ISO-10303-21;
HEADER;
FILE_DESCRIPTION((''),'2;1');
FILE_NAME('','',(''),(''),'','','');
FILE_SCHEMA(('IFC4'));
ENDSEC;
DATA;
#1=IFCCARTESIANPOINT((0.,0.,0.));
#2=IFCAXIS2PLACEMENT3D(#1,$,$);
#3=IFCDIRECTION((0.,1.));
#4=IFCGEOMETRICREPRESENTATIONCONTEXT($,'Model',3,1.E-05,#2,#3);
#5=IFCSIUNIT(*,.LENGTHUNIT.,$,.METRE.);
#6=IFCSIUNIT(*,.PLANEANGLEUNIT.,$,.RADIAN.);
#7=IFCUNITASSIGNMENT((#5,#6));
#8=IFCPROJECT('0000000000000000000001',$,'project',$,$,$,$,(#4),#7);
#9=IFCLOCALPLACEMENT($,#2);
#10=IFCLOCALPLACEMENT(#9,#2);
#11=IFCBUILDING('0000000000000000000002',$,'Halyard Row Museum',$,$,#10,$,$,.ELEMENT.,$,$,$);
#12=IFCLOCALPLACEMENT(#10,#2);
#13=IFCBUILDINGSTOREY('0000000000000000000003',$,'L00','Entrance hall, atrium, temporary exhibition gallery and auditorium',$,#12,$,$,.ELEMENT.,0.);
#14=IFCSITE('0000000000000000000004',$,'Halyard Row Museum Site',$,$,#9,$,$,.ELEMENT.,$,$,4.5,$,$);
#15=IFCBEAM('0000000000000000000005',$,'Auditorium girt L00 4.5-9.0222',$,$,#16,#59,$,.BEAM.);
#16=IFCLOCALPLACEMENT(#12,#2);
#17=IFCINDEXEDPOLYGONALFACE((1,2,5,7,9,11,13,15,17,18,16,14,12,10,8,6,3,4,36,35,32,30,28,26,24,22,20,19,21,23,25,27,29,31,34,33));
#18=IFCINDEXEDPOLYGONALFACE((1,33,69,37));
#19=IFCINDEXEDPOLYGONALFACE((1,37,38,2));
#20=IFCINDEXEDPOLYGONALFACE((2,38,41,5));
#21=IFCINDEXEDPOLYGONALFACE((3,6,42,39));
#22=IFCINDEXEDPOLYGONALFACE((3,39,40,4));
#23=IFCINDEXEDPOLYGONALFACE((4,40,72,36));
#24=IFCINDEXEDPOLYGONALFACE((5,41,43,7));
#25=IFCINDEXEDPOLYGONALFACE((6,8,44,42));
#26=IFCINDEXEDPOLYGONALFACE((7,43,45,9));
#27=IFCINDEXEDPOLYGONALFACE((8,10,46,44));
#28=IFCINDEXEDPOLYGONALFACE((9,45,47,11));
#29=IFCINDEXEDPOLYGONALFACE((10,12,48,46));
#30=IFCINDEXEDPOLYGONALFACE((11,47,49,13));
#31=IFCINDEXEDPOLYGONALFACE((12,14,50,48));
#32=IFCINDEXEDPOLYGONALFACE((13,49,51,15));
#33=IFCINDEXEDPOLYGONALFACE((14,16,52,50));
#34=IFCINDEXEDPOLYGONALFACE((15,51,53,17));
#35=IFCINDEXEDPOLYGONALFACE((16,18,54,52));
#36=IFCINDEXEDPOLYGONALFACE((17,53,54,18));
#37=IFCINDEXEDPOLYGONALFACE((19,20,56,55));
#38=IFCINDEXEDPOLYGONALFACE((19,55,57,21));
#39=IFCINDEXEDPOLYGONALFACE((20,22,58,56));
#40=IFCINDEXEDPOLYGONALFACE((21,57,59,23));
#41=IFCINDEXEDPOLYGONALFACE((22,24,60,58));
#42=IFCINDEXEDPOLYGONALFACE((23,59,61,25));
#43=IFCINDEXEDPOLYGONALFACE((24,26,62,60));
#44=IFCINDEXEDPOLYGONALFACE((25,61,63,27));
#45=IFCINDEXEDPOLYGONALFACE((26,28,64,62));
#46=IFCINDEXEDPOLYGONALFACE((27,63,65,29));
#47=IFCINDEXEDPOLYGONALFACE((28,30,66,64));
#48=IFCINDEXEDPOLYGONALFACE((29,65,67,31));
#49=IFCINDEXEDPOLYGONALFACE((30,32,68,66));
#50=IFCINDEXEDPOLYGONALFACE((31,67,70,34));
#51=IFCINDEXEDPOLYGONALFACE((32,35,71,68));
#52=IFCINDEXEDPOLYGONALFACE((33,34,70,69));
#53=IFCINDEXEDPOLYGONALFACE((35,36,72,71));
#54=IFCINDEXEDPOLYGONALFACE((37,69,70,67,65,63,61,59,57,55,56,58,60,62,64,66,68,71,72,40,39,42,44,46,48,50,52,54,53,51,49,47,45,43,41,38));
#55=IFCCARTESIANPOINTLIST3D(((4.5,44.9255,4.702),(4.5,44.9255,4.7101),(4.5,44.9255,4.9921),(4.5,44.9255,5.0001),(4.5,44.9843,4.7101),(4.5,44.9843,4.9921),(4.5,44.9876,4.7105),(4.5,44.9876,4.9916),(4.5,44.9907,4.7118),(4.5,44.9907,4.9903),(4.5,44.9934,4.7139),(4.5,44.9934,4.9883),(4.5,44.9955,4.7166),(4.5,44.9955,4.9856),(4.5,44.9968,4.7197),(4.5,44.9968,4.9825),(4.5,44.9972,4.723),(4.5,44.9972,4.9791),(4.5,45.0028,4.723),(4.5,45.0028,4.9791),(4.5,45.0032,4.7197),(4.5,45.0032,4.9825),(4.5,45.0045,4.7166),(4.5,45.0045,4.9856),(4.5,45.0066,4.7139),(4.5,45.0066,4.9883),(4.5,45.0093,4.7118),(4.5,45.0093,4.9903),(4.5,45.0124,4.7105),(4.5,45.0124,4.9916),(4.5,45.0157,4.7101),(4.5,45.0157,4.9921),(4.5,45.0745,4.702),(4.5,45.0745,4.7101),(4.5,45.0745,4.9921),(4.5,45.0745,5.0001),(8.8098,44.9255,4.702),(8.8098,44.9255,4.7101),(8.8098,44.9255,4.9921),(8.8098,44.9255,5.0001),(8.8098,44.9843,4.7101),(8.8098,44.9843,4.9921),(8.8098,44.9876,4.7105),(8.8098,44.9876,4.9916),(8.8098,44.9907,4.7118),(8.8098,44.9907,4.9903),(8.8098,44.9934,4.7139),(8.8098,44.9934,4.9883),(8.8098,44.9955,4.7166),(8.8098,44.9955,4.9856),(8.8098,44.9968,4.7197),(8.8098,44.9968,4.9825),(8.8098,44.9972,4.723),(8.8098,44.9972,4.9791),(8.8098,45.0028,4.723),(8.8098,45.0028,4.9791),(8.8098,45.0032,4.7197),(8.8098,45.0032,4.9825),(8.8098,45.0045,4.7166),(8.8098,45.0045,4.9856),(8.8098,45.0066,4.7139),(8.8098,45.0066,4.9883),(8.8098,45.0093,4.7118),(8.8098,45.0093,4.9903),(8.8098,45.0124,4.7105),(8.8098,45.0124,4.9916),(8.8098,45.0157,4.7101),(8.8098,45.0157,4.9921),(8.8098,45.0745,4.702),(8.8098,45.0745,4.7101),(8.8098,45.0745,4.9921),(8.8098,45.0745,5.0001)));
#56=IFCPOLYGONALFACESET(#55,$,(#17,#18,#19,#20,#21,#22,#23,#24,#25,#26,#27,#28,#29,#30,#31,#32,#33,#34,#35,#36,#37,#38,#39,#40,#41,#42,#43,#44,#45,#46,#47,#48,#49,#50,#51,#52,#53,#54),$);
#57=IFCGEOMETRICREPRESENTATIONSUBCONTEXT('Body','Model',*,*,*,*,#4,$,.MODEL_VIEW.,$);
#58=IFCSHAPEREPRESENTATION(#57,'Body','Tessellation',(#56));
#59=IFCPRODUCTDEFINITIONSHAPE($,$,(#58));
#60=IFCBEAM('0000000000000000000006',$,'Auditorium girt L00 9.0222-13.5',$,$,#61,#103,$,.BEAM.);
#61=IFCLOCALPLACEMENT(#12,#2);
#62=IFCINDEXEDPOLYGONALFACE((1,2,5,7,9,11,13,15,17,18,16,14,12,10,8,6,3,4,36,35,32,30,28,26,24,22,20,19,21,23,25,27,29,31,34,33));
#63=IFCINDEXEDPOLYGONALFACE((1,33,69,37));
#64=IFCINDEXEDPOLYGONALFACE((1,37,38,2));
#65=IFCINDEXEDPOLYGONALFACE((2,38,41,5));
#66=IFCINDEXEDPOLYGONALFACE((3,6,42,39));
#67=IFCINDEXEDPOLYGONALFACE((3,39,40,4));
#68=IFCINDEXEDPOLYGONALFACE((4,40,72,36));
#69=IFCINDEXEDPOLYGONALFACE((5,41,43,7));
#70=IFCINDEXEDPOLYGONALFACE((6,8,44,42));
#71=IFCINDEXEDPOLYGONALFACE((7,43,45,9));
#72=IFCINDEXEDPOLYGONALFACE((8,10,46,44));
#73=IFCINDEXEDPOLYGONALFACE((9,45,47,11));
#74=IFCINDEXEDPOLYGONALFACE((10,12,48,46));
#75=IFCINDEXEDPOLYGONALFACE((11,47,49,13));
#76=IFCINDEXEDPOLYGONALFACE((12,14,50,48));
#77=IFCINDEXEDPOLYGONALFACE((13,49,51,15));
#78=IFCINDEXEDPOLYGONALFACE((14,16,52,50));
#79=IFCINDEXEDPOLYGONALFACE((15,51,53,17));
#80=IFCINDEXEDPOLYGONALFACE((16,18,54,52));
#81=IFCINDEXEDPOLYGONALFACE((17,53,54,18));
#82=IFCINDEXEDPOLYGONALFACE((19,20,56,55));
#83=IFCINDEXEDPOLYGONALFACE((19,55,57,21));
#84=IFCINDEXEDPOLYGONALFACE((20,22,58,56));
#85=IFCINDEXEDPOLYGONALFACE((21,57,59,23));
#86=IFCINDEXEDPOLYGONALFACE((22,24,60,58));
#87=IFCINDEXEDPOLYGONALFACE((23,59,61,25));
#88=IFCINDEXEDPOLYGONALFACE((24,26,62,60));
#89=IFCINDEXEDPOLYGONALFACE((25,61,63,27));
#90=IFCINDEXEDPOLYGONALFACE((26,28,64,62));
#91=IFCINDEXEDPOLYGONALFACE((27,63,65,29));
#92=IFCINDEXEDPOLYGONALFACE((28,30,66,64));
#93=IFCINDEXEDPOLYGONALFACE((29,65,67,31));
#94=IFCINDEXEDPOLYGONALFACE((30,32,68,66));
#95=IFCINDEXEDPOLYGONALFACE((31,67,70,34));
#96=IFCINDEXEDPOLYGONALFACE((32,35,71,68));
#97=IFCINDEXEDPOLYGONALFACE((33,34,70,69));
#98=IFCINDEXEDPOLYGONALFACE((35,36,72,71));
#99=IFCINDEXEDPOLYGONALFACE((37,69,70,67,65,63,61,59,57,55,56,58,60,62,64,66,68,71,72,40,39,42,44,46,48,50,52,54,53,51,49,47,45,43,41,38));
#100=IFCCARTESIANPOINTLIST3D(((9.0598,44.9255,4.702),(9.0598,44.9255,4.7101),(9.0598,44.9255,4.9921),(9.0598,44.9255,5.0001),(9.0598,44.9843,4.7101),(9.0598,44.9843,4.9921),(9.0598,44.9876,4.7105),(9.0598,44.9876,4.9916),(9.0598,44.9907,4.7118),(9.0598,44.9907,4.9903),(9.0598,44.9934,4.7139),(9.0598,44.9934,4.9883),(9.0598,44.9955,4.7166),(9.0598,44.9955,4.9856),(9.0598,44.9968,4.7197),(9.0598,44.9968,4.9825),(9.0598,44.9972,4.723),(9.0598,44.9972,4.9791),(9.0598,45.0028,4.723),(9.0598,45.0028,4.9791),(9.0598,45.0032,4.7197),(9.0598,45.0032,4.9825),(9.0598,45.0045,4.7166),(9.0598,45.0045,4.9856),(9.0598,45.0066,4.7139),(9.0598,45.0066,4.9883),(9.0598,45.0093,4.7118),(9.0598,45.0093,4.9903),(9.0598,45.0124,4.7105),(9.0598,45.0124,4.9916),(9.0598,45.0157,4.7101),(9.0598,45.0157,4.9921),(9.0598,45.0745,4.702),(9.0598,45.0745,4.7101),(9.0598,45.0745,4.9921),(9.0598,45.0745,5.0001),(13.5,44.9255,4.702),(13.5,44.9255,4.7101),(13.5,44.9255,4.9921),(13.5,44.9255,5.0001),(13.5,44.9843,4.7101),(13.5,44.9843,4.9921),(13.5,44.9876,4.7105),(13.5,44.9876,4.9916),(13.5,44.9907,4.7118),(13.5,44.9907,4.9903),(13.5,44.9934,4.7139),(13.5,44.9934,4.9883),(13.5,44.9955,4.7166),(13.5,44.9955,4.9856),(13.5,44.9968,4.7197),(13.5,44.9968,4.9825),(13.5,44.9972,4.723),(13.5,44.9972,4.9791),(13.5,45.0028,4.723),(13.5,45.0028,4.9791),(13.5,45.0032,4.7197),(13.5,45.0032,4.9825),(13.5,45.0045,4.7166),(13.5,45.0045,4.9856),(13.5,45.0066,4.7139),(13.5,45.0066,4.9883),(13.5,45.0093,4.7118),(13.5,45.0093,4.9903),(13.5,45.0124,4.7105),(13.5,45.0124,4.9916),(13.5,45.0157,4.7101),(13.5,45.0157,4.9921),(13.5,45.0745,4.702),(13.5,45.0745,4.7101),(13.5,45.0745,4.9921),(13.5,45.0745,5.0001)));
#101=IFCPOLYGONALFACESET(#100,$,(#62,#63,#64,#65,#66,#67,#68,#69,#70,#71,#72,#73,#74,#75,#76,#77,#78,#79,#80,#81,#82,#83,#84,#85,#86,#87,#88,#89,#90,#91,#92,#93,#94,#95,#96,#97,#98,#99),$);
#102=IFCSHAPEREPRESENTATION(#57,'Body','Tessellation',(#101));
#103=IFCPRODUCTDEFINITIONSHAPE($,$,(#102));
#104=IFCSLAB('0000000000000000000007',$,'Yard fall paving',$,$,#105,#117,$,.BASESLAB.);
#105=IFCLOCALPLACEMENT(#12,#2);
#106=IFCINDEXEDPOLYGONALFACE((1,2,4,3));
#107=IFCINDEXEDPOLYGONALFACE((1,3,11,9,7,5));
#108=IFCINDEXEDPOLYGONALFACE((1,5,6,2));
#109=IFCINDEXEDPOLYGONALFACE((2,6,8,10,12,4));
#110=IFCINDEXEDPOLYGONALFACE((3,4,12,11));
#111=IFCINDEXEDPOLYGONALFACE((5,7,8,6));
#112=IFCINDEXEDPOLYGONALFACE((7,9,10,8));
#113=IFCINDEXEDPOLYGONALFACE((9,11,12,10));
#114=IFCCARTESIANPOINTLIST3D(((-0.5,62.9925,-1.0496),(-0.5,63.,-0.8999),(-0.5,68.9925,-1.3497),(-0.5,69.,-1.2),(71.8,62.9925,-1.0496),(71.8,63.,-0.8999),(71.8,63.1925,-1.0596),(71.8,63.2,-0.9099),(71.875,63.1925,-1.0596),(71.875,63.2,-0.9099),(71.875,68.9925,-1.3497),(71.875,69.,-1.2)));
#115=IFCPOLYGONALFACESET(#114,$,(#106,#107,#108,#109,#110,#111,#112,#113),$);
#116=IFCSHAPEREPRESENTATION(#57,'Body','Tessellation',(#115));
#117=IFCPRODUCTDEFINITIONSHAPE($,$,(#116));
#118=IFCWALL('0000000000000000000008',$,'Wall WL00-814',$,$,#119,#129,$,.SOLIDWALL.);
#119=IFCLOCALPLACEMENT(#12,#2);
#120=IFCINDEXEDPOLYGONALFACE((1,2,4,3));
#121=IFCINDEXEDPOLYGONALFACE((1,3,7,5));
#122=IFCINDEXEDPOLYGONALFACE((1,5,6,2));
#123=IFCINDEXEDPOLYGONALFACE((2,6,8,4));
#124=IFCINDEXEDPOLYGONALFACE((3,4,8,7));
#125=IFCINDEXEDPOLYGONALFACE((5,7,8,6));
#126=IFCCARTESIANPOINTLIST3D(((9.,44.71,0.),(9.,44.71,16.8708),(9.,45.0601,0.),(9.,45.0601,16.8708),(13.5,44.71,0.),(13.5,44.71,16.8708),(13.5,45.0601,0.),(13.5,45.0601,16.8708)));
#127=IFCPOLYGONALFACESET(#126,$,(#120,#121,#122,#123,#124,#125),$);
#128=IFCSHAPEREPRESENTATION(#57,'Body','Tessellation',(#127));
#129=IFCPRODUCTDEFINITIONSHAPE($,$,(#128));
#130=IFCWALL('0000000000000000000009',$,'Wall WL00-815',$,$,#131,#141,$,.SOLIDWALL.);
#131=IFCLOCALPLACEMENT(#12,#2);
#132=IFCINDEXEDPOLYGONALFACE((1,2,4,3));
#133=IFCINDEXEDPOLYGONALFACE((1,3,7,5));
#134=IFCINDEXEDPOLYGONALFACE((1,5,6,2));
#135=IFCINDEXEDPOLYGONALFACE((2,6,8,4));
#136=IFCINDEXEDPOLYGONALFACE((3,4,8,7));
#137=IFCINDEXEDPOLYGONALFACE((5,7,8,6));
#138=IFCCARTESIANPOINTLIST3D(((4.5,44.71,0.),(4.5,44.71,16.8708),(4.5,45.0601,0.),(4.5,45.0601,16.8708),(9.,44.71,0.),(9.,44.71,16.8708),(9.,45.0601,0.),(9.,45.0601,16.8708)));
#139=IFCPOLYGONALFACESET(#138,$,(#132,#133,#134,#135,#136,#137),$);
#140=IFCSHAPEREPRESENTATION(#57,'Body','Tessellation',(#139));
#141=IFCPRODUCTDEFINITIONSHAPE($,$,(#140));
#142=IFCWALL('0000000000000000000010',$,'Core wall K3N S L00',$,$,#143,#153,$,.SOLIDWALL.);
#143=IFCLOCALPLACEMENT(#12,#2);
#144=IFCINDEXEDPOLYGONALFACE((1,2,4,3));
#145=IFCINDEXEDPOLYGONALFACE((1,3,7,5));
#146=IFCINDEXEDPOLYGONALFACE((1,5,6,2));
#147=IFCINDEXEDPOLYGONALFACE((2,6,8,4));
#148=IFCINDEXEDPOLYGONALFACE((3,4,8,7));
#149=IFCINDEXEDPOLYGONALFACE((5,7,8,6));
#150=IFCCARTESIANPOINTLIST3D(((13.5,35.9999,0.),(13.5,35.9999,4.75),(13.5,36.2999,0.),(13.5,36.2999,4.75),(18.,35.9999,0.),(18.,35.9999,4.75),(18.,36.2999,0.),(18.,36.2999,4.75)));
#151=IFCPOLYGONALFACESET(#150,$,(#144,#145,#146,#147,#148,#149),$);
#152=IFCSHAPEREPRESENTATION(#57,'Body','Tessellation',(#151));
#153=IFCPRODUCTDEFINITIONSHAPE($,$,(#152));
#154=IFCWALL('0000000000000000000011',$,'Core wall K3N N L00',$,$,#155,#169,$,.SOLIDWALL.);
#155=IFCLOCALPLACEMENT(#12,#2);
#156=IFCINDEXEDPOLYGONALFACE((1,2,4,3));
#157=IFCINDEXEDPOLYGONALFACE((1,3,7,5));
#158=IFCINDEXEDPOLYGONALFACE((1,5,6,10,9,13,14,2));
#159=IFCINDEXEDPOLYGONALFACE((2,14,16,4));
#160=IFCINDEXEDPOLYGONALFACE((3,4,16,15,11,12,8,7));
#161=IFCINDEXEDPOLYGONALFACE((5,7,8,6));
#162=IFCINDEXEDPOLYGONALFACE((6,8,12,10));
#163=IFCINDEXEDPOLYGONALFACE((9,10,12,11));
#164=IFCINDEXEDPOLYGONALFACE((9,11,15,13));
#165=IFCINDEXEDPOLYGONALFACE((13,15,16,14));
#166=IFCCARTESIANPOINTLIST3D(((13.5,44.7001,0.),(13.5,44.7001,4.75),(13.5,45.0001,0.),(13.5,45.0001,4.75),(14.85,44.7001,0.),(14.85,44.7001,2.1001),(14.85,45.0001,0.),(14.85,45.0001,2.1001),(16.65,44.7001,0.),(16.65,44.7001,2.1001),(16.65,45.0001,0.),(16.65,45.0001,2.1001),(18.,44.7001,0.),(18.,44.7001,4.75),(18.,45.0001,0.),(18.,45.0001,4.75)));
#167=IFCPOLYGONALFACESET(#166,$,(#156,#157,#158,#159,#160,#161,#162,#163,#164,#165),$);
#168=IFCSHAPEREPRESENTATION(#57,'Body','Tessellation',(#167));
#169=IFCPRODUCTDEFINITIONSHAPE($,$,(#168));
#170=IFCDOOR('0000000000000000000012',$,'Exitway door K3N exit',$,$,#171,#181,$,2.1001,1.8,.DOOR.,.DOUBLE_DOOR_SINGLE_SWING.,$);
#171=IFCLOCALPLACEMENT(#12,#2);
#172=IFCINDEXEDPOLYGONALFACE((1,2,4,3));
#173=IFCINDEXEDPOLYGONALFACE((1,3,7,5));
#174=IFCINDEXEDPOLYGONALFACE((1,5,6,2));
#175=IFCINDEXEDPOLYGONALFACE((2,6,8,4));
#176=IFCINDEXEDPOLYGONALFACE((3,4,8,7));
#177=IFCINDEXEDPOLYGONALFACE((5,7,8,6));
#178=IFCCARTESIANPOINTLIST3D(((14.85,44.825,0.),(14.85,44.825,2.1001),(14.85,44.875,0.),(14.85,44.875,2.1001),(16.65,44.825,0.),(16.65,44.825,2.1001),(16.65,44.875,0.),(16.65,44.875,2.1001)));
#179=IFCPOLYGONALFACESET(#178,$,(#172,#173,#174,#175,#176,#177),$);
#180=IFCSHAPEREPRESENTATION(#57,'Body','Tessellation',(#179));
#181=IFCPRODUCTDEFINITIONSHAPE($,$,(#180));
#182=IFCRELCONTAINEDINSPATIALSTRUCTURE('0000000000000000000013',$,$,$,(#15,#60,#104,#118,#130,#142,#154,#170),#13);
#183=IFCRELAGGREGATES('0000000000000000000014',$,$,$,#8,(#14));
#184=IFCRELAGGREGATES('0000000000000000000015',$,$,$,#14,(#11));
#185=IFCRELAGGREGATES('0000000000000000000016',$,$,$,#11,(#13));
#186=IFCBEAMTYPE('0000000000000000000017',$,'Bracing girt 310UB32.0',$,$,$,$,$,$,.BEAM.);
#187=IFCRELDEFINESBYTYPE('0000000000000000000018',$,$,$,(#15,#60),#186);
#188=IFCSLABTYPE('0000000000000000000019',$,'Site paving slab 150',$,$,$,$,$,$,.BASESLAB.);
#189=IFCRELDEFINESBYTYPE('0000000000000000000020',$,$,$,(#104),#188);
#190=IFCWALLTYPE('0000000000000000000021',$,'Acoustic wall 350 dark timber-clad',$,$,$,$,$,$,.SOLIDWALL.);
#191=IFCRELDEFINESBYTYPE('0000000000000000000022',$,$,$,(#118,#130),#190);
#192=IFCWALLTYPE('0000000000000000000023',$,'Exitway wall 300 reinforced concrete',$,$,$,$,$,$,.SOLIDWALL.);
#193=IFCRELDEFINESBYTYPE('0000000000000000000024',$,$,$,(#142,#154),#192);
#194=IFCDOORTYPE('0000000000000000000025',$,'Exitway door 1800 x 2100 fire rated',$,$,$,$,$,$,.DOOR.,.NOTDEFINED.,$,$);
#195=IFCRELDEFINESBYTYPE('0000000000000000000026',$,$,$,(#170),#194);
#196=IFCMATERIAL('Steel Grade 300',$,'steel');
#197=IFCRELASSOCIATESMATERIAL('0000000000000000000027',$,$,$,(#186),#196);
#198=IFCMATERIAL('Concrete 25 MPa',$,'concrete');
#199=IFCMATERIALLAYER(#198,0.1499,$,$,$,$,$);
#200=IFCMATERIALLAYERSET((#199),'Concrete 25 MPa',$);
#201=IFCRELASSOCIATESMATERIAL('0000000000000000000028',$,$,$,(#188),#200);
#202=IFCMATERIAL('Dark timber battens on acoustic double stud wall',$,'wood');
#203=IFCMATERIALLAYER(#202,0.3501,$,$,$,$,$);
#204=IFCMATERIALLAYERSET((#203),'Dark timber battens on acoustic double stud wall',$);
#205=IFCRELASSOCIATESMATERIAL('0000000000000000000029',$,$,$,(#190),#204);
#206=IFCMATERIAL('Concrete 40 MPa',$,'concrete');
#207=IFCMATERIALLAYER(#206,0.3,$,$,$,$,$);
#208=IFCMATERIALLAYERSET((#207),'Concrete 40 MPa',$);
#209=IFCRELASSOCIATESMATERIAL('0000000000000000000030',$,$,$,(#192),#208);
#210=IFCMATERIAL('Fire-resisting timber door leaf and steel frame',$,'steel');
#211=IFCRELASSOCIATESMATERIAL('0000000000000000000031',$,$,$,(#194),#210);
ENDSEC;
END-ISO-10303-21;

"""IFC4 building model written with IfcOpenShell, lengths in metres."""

from ifc_helpers import new_model, si_unit, direction, frame, frame_2d, origin, origin_2d, place, context, subcontext, project, spatial, polyline, rectangle, i_section, outline, extrude, material, layer, layer_set, material_profile, profile_set, type_object, element, fill, save


model = new_model("IFC4")

# Units and contexts
model_context = context("Model", 3, precision=1e-05, world=origin(), true_north=direction((0.0, 1.0)))
body_context = subcontext(model_context, "Body", "Model", "MODEL_VIEW")
ifc_project = project(units=[si_unit("LENGTHUNIT", "METRE"), si_unit("PLANEANGLEUNIT", "RADIAN")], contexts=[model_context])

# Site, building, storey
site_placement = place(None, origin())
site = spatial("IfcSite", under=ifc_project, at=site_placement, Name="Halyard Row Museum Site", CompositionType="ELEMENT", RefElevation=4.5)
building_placement = place(site_placement, origin())
building = spatial("IfcBuilding", under=site, at=building_placement, Name="Halyard Row Museum", CompositionType="ELEMENT")
storey_placement = place(building_placement, origin())
storey = spatial("IfcBuildingStorey", under=building, at=storey_placement, Name="L00", Description="Entrance hall, atrium, temporary exhibition gallery and auditorium", CompositionType="ELEMENT", Elevation=0.0)

# Beams
ifc_material_1 = material(Name="Steel Grade 300", Category="steel")
ifc_material_profile_1 = material_profile(ifc_material_1, i_section(OverallWidth=0.1489, OverallDepth=0.2981, WebThickness=0.0056, FlangeThickness=0.0081, FilletRadius=0.0129, at=origin_2d()), Name="310UB32.0")
ifc_profile_set_1 = profile_set([ifc_material_profile_1], Name="Steel Grade 300")
beam_type = type_object("IfcBeamType", Name="Bracing girt 310UB32.0", PredefinedType="BEAM", material=ifc_profile_set_1)
beam_1_placement = place(storey_placement, frame((4.5, 45.0, 4.8511), z_axis=(1.0, 0.0, 0.0), x_axis=(0.0, 1.0, 0.0)))
element("IfcBeam", 1, at=beam_1_placement, inside=storey, type_object=beam_type, Name="Auditorium girt L00 4.5-9.0222", PredefinedType="BEAM", context=body_context, shape_type="SweptSolid", body=[
    extrude(i_section(OverallWidth=0.1489, OverallDepth=0.2981, WebThickness=0.0056, FlangeThickness=0.0081, FilletRadius=0.0129, at=origin_2d()), origin(), (0.0, 0.0, 1.0), 4.3098),
])
beam_2_placement = place(storey_placement, frame((9.0598, 45.0, 4.8511), z_axis=(1.0, 0.0, 0.0), x_axis=(0.0, 1.0, 0.0)))
element("IfcBeam", 2, at=beam_2_placement, inside=storey, type_object=beam_type, Name="Auditorium girt L00 9.0222-13.5", PredefinedType="BEAM", context=body_context, shape_type="SweptSolid", body=[
    extrude(i_section(OverallWidth=0.1489, OverallDepth=0.2981, WebThickness=0.0056, FlangeThickness=0.0081, FilletRadius=0.0129, at=origin_2d()), origin(), (0.0, 0.0, 1.0), 4.4402),
])

# Slab
ifc_material_2 = material(Name="Concrete 25 MPa", Category="concrete")
ifc_layer_1 = layer(ifc_material_2, 0.1499)
ifc_layer_set_1 = layer_set([ifc_layer_1], Name="Concrete 25 MPa")
slab_type = type_object("IfcSlabType", Name="Site paving slab 150", PredefinedType="BASESLAB", material=ifc_layer_set_1)
slab_placement = place(storey_placement, frame((-0.5, 63.0, -0.8999), z_axis=(0.0, 0.049946, 0.998752), x_axis=(0.0, 0.998752, -0.049946)))
element("IfcSlab", 3, at=slab_placement, inside=storey, type_object=slab_type, Name="Yard fall paving", PredefinedType="BASESLAB", context=body_context, shape_type="SweptSolid", body=[
    extrude(outline(polyline([(0.0, 0.0), (6.0075, 0.0), (6.0075, -72.375), (0.2002, -72.375), (0.2002, -72.3), (0.0, -72.3), (0.0, 0.0)])), origin(), (0.0, 0.0, -1.0), 0.1499),
])

# Walls
ifc_material_3 = material(Name="Dark timber battens on acoustic double stud wall", Category="wood")
ifc_layer_2 = layer(ifc_material_3, 0.3501)
ifc_layer_set_2 = layer_set([ifc_layer_2], Name="Dark timber battens on acoustic double stud wall")
wall_type_1 = type_object("IfcWallType", Name="Acoustic wall 350 dark timber-clad", PredefinedType="SOLIDWALL", material=ifc_layer_set_2)
for number, where, z_axis, x_axis, name in (
    (4, (9.0, 44.885, 0.0), (0.0, 0.0, 1.0), (1.0, 0.0, 0.0), "Wall WL00-814"),
    (5, (4.5, 44.885, 0.0), (0.0, 0.0, 1.0), (1.0, 0.0, 0.0), "Wall WL00-815"),
):
    element("IfcWall", number, at=place(storey_placement, frame(where, z_axis=z_axis, x_axis=x_axis)), inside=storey, type_object=wall_type_1, Name=name, PredefinedType="SOLIDWALL", context=body_context, shape_type="SweptSolid", body=[
        extrude(rectangle(XDim=4.5, YDim=0.3501, at=frame_2d((2.25, 0.0))), origin(), (0.0, 0.0, 1.0), 16.8708),
    ])
ifc_material_4 = material(Name="Concrete 40 MPa", Category="concrete")
ifc_layer_3 = layer(ifc_material_4, 0.3)
ifc_layer_set_3 = layer_set([ifc_layer_3], Name="Concrete 40 MPa")
wall_type_2 = type_object("IfcWallType", Name="Exitway wall 300 reinforced concrete", PredefinedType="SOLIDWALL", material=ifc_layer_set_3)
wall_1_placement = place(storey_placement, frame((13.5, 36.1499, 0.0), z_axis=(0.0, 0.0, 1.0), x_axis=(1.0, 0.0, 0.0)))
element("IfcWall", 6, at=wall_1_placement, inside=storey, type_object=wall_type_2, Name="Core wall K3N S L00", PredefinedType="SOLIDWALL", context=body_context, shape_type="SweptSolid", body=[
    extrude(rectangle(XDim=4.5, YDim=0.3, at=frame_2d((2.25, 0.0))), origin(), (0.0, 0.0, 1.0), 4.75),
])

# Wall, opening, door
wall_2_placement = place(storey_placement, frame((13.5, 44.8501, 0.0), z_axis=(0.0, 0.0, 1.0), x_axis=(1.0, 0.0, 0.0)))
wall_2 = element("IfcWall", 7, at=wall_2_placement, inside=storey, type_object=wall_type_2, Name="Core wall K3N N L00", PredefinedType="SOLIDWALL", context=body_context, shape_type="SweptSolid", body=[
    extrude(rectangle(XDim=4.5, YDim=0.3, at=frame_2d((2.25, 0.0))), origin(), (0.0, 0.0, 1.0), 4.75),
])
opening_1_placement = place(wall_2_placement, frame((1.3501, 0.0, 0.0)))
opening_1 = element("IfcOpeningElement", 8, at=opening_1_placement, cuts=wall_2, PredefinedType="OPENING", context=body_context, shape_type="SweptSolid", body=[
    extrude(rectangle(XDim=1.8, YDim=2.1001, at=frame_2d((0.8999, 1.05))), frame((0.0, 0.1599, 0.0), z_axis=(0.0, -1.0, 0.0), x_axis=(1.0, 0.0, 0.0)), (0.0, 0.0, 1.0), 0.3201),
])
ifc_material_5 = material(Name="Fire-resisting timber door leaf and steel frame", Category="steel")
door_type = type_object("IfcDoorType", Name="Exitway door 1800 x 2100 fire rated", OperationType="NOTDEFINED", PredefinedType="DOOR", material=ifc_material_5)
door_1_placement = place(opening_1_placement, origin())
door_1 = element("IfcDoor", 9, at=door_1_placement, inside=storey, type_object=door_type, Name="Exitway door K3N exit", OperationType="DOUBLE_DOOR_SINGLE_SWING", OverallHeight=2.1001, OverallWidth=1.8, PredefinedType="DOOR", context=body_context, shape_type="SweptSolid", body=[
    extrude(rectangle(XDim=1.8, YDim=2.1001, at=frame_2d((0.8999, 1.05))), frame((0.0, 0.0249, 0.0), z_axis=(0.0, -1.0, 0.0), x_axis=(1.0, 0.0, 0.0)), (0.0, 0.0, 1.0), 0.05),
])
fill(opening_1, door_1)

save(model, "model.ifc")
